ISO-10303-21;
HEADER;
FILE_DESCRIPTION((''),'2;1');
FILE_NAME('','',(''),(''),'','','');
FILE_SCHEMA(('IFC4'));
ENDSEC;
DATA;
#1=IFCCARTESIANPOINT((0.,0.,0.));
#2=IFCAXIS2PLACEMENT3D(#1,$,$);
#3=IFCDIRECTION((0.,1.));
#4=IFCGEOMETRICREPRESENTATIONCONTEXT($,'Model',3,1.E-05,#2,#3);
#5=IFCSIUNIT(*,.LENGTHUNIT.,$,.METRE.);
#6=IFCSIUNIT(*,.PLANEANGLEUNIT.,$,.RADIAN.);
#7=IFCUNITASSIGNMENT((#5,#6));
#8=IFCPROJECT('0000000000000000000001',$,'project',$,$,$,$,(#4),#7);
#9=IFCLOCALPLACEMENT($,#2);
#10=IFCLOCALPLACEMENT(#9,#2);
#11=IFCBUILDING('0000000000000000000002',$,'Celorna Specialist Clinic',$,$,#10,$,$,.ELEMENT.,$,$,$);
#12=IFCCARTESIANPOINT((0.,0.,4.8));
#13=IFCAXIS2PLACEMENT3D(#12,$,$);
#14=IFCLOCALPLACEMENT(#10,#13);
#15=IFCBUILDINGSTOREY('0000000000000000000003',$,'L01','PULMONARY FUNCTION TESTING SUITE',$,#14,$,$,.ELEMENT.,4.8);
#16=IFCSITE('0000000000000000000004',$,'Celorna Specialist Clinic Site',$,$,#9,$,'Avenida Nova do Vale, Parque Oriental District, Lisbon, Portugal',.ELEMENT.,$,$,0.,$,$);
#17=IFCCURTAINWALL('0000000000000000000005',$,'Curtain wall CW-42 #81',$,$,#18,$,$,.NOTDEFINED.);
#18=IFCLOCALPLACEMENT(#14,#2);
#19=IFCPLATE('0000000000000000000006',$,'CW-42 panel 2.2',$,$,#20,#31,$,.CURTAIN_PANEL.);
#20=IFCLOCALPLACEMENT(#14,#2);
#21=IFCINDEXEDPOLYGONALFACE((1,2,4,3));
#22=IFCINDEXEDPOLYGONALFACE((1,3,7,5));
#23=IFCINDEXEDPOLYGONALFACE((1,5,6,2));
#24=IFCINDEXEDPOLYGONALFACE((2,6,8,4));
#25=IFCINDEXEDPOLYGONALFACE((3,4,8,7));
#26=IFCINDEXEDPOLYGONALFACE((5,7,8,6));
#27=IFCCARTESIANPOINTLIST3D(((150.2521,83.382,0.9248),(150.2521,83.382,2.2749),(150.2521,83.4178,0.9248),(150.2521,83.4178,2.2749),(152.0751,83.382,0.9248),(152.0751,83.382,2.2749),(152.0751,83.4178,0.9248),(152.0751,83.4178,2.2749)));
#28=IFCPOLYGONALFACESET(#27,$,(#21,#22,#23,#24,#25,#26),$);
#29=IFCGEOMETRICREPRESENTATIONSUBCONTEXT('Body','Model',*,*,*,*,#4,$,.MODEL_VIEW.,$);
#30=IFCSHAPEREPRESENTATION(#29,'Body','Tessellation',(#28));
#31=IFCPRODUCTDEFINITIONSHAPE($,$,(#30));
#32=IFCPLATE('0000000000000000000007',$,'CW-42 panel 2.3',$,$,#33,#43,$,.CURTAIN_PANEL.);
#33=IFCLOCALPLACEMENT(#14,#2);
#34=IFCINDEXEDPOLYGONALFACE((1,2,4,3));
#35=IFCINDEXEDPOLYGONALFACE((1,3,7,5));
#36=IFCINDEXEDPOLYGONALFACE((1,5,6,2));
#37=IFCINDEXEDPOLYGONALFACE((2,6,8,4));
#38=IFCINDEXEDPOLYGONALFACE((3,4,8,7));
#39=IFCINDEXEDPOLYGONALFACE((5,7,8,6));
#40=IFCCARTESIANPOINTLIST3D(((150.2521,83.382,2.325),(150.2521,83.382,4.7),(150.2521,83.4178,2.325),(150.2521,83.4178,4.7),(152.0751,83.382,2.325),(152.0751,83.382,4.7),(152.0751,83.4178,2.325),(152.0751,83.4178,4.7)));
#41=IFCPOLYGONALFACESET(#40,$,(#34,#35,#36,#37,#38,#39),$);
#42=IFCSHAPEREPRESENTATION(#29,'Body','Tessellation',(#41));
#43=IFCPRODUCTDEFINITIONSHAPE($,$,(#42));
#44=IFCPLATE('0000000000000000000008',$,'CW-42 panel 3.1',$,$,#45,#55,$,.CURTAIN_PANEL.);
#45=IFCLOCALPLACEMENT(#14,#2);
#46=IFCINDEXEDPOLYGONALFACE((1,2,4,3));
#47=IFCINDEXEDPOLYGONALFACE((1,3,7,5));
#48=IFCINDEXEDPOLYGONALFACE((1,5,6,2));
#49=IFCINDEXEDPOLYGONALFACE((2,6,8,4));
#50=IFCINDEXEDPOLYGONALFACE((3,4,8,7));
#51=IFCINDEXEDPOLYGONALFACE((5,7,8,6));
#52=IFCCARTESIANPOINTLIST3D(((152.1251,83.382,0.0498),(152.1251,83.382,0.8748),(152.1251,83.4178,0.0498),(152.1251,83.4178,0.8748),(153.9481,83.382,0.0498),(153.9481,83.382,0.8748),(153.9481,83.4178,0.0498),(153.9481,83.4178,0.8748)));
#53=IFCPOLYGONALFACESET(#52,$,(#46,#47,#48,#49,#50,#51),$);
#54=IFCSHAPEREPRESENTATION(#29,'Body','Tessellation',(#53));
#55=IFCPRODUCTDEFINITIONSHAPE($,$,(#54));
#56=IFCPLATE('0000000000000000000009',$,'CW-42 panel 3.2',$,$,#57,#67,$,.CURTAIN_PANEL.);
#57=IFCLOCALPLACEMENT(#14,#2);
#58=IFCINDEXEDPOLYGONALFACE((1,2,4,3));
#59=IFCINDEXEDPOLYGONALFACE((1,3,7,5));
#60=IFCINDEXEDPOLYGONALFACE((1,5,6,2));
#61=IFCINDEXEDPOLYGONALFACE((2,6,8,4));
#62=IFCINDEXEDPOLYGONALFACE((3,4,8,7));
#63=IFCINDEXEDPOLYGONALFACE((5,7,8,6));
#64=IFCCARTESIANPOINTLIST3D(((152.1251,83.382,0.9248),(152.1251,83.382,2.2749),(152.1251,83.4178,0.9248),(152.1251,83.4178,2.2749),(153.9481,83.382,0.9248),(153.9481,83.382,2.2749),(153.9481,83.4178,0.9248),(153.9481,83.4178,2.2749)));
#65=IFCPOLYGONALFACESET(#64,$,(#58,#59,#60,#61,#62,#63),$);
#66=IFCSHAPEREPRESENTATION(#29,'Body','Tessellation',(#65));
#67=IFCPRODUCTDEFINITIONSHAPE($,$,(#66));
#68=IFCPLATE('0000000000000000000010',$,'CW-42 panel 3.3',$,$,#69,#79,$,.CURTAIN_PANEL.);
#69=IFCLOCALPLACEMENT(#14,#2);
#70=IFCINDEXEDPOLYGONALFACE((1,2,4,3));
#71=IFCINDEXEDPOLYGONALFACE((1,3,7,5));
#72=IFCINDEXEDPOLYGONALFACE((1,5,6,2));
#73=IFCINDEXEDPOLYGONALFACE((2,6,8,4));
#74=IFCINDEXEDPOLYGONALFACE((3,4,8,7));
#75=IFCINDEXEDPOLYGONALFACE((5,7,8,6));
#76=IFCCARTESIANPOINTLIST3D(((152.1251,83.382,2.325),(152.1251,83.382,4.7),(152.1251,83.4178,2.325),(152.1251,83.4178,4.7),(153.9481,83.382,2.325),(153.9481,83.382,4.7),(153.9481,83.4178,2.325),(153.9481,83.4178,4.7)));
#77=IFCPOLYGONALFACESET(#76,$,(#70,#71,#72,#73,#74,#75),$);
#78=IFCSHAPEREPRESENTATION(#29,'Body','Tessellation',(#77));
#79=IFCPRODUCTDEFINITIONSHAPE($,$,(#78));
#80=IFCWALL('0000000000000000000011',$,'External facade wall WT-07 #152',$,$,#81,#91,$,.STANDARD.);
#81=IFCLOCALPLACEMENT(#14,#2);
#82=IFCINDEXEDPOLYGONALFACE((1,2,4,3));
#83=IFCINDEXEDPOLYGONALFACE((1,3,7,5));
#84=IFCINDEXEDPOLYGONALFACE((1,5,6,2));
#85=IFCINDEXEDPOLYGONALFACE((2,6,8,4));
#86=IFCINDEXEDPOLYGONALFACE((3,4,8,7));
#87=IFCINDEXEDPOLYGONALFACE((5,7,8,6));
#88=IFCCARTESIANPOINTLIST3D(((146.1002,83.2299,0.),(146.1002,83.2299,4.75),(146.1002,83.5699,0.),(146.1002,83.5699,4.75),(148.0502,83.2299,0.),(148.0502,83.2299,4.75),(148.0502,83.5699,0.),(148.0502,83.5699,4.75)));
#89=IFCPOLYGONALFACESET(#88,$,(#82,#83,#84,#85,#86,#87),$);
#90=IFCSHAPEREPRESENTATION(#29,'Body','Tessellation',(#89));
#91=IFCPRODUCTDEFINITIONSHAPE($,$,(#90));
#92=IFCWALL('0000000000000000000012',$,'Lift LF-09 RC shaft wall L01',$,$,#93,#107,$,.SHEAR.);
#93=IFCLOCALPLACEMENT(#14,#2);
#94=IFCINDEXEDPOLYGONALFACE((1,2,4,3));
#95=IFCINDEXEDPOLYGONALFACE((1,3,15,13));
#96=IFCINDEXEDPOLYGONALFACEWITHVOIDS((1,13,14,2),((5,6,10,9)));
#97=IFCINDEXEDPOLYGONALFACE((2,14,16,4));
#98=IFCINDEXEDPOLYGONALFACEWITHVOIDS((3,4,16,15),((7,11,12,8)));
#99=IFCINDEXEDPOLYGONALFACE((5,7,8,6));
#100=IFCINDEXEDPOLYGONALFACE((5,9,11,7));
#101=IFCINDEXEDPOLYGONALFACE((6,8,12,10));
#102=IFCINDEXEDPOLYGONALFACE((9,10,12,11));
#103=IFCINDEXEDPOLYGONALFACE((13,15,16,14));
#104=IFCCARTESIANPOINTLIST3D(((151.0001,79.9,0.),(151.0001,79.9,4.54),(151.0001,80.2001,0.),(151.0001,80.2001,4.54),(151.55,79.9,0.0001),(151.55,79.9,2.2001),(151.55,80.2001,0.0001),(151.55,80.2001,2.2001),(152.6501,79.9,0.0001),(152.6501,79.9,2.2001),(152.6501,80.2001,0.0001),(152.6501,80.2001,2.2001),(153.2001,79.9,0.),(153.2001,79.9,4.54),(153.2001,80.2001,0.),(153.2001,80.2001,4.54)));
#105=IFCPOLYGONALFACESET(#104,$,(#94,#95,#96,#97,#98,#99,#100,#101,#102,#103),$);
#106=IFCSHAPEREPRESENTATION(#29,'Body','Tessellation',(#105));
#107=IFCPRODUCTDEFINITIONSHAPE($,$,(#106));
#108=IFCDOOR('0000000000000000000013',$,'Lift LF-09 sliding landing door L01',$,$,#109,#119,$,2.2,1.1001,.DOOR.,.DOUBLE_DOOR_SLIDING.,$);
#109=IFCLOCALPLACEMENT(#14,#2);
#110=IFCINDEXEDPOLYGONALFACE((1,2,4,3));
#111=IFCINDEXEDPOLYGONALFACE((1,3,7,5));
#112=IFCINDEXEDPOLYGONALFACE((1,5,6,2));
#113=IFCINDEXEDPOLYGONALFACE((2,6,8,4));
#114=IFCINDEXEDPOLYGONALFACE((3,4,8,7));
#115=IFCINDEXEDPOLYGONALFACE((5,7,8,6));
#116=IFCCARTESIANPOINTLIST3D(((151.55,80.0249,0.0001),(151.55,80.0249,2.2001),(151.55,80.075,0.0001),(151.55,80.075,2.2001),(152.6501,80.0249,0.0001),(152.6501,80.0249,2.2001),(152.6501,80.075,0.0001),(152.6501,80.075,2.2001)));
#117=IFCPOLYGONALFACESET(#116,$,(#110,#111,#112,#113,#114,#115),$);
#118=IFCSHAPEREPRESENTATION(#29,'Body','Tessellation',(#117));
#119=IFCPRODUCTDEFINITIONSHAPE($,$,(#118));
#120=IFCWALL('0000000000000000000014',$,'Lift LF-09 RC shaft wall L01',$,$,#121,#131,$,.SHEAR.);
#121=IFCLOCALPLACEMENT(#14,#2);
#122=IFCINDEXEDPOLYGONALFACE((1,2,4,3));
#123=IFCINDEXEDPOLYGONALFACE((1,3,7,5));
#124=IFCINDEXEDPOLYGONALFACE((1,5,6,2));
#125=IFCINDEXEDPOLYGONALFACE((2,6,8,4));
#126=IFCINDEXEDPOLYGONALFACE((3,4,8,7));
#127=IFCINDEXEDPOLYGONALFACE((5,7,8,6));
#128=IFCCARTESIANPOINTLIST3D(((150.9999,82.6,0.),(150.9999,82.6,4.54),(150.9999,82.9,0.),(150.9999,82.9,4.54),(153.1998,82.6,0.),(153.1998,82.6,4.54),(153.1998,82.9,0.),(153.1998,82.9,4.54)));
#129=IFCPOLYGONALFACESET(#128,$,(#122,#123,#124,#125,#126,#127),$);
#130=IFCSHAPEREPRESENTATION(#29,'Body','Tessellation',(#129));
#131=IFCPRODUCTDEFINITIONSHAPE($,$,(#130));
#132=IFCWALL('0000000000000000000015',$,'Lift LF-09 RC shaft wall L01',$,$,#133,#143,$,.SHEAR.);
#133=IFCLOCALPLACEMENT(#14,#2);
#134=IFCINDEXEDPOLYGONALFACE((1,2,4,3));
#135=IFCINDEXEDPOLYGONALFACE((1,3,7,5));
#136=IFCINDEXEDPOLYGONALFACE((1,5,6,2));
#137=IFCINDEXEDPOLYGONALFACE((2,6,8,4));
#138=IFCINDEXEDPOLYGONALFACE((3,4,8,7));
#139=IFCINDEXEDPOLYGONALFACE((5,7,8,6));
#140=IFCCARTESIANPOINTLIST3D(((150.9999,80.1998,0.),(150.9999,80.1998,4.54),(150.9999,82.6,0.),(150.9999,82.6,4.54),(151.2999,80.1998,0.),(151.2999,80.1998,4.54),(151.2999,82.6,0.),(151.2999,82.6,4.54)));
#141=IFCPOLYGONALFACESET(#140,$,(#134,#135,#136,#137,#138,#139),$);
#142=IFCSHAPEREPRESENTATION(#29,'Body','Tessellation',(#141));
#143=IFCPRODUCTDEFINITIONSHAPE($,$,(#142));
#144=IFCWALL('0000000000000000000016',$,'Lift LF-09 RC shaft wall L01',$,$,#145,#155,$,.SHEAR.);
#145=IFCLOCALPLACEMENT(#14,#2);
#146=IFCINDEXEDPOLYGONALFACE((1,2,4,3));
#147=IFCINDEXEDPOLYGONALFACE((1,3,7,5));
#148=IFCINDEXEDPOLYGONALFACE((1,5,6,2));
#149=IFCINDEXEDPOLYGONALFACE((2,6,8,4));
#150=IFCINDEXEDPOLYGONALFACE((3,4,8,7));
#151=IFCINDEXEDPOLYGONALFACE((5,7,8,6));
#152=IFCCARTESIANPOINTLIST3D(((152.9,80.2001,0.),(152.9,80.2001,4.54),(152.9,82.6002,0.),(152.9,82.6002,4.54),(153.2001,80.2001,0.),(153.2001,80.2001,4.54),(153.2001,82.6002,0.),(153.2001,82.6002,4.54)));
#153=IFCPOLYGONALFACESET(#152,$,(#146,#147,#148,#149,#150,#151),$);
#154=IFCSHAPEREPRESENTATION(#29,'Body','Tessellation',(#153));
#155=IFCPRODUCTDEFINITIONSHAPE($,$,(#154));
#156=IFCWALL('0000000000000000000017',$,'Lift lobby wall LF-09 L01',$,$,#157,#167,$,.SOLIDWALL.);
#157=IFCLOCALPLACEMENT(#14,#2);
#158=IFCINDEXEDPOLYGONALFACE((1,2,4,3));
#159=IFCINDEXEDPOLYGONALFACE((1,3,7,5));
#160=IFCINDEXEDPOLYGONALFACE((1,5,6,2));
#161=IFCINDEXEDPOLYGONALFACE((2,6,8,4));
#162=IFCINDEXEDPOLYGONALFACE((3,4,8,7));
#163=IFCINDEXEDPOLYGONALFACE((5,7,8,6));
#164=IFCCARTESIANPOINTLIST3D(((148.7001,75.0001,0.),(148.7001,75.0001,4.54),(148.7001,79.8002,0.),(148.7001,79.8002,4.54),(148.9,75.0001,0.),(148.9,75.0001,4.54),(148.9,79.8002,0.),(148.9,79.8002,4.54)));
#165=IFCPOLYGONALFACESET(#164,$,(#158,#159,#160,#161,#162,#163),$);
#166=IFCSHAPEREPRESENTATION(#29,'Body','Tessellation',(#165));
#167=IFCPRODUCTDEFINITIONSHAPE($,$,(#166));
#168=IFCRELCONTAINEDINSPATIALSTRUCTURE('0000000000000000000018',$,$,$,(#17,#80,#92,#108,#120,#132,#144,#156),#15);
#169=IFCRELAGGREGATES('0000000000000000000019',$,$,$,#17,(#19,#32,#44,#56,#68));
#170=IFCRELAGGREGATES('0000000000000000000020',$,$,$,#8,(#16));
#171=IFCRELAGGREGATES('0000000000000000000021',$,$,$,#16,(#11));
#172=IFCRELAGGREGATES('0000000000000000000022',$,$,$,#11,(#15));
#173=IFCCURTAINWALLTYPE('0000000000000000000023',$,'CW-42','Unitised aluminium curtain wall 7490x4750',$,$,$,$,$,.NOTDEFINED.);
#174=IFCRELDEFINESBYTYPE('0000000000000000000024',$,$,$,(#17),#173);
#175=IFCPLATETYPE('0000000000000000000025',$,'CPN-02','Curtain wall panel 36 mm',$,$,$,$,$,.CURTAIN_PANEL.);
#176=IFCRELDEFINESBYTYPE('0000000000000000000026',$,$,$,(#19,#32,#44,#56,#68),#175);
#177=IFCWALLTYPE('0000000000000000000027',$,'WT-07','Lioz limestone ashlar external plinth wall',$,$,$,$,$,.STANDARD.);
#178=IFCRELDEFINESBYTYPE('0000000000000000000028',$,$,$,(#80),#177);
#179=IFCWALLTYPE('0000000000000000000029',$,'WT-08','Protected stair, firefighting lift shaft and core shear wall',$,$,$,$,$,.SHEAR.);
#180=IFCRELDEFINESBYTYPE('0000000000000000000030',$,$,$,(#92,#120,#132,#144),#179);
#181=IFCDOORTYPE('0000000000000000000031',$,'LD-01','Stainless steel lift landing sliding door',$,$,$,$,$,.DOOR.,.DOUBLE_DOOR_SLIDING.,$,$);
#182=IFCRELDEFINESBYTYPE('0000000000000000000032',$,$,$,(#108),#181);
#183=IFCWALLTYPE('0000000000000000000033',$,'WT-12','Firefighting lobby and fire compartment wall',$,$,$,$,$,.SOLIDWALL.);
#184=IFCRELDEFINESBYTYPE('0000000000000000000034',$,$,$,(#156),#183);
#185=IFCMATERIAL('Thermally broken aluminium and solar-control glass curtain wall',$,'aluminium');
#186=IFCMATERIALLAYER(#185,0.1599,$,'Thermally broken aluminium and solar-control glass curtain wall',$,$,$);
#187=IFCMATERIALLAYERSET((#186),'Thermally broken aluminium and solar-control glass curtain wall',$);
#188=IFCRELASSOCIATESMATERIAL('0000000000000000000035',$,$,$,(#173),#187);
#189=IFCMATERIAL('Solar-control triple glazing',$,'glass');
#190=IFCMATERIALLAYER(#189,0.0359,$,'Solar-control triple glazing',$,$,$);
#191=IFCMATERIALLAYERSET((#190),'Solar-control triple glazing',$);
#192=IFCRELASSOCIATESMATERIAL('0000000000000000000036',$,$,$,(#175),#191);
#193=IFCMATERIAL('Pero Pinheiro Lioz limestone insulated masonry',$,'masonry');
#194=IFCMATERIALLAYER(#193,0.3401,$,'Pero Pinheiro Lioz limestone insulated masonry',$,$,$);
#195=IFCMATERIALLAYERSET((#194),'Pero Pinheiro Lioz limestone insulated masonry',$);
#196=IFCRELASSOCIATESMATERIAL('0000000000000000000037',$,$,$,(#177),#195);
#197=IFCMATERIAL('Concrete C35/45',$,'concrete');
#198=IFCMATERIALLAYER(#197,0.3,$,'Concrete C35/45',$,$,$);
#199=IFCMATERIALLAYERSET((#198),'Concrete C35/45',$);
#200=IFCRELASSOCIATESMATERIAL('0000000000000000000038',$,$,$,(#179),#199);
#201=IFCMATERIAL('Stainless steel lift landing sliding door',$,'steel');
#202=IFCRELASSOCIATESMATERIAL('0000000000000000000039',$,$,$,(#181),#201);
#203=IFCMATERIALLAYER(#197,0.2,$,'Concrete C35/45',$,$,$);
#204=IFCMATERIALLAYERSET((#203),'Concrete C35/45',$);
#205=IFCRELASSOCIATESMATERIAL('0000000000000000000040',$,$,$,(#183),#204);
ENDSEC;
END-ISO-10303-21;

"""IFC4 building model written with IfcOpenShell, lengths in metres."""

from ifc_helpers import new_model, si_unit, direction, frame, frame_2d, origin, origin_2d, place, context, subcontext, project, spatial, rectangle, extrude, material, layer, layer_set, type_object, element, fill, aggregate, save


model = new_model("IFC4")

# Units and contexts
model_context = context("Model", 3, precision=1e-05, world=origin(), true_north=direction((0.0, 1.0)))
body_context = subcontext(model_context, "Body", "Model", "MODEL_VIEW")
ifc_project = project(units=[si_unit("LENGTHUNIT", "METRE"), si_unit("PLANEANGLEUNIT", "RADIAN")], contexts=[model_context])

# Site, building, storey
site_placement = place(None, origin())
site = spatial("IfcSite", under=ifc_project, at=site_placement, Name="Celorna Specialist Clinic Site", LongName="Avenida Nova do Vale, Parque Oriental District, Lisbon, Portugal", CompositionType="ELEMENT", RefElevation=0.0)
building_placement = place(site_placement, origin())
building = spatial("IfcBuilding", under=site, at=building_placement, Name="Celorna Specialist Clinic", CompositionType="ELEMENT")
storey_placement = place(building_placement, frame((0.0, 0.0, 4.8)))
storey = spatial("IfcBuildingStorey", under=building, at=storey_placement, Name="L01", Description="PULMONARY FUNCTION TESTING SUITE", CompositionType="ELEMENT", Elevation=4.8)

# Curtain wall, plates
ifc_material_1 = material(Name="Thermally broken aluminium and solar-control glass curtain wall", Category="aluminium")
ifc_layer_1 = layer(ifc_material_1, 0.1599, Name="Thermally broken aluminium and solar-control glass curtain wall")
ifc_layer_set_1 = layer_set([ifc_layer_1], Name="Thermally broken aluminium and solar-control glass curtain wall")
curtain_wall_type = type_object("IfcCurtainWallType", Name="CW-42", Description="Unitised aluminium curtain wall 7490x4750", PredefinedType="NOTDEFINED", material=ifc_layer_set_1)
curtain_wall_placement = place(storey_placement, origin())
curtain_wall = element("IfcCurtainWall", 1, at=curtain_wall_placement, inside=storey, type_object=curtain_wall_type, Name="Curtain wall CW-42 #81", PredefinedType="NOTDEFINED")
ifc_material_2 = material(Name="Solar-control triple glazing", Category="glass")
ifc_layer_2 = layer(ifc_material_2, 0.0359, Name="Solar-control triple glazing")
ifc_layer_set_2 = layer_set([ifc_layer_2], Name="Solar-control triple glazing")
plate_type = type_object("IfcPlateType", Name="CPN-02", Description="Curtain wall panel 36 mm", PredefinedType="CURTAIN_PANEL", material=ifc_layer_set_2)
plate_1_placement = place(storey_placement, frame((151.1636, 83.3999, 0.9248), z_axis=(0.0, 0.0, 1.0), x_axis=(1.0, 0.0, 0.0)))
plate_1 = element("IfcPlate", 2, at=plate_1_placement, type_object=plate_type, Name="CW-42 panel 2.2", PredefinedType="CURTAIN_PANEL", context=body_context, shape_type="SweptSolid", body=[
    extrude(rectangle(XDim=1.823, YDim=0.0359, at=origin_2d()), origin(), (0.0, 0.0, 1.0), 1.3501),
])
plate_2_placement = place(storey_placement, frame((151.1636, 83.3999, 2.325), z_axis=(0.0, 0.0, 1.0), x_axis=(1.0, 0.0, 0.0)))
plate_2 = element("IfcPlate", 3, at=plate_2_placement, type_object=plate_type, Name="CW-42 panel 2.3", PredefinedType="CURTAIN_PANEL", context=body_context, shape_type="SweptSolid", body=[
    extrude(rectangle(XDim=1.823, YDim=0.0359, at=origin_2d()), origin(), (0.0, 0.0, 1.0), 2.375),
])
plate_3_placement = place(storey_placement, frame((153.0366, 83.3999, 0.0498), z_axis=(0.0, 0.0, 1.0), x_axis=(1.0, 0.0, 0.0)))
plate_3 = element("IfcPlate", 4, at=plate_3_placement, type_object=plate_type, Name="CW-42 panel 3.1", PredefinedType="CURTAIN_PANEL", context=body_context, shape_type="SweptSolid", body=[
    extrude(rectangle(XDim=1.823, YDim=0.0359, at=origin_2d()), origin(), (0.0, 0.0, 1.0), 0.825),
])
plate_4_placement = place(storey_placement, frame((153.0366, 83.3999, 0.9248), z_axis=(0.0, 0.0, 1.0), x_axis=(1.0, 0.0, 0.0)))
plate_4 = element("IfcPlate", 5, at=plate_4_placement, type_object=plate_type, Name="CW-42 panel 3.2", PredefinedType="CURTAIN_PANEL", context=body_context, shape_type="SweptSolid", body=[
    extrude(rectangle(XDim=1.823, YDim=0.0359, at=origin_2d()), origin(), (0.0, 0.0, 1.0), 1.3501),
])
plate_5_placement = place(storey_placement, frame((153.0366, 83.3999, 2.325), z_axis=(0.0, 0.0, 1.0), x_axis=(1.0, 0.0, 0.0)))
plate_5 = element("IfcPlate", 6, at=plate_5_placement, type_object=plate_type, Name="CW-42 panel 3.3", PredefinedType="CURTAIN_PANEL", context=body_context, shape_type="SweptSolid", body=[
    extrude(rectangle(XDim=1.823, YDim=0.0359, at=origin_2d()), origin(), (0.0, 0.0, 1.0), 2.375),
])
aggregate(curtain_wall, [plate_1, plate_2, plate_3, plate_4, plate_5])

# Wall
ifc_material_3 = material(Name="Pero Pinheiro Lioz limestone insulated masonry", Category="masonry")
ifc_layer_3 = layer(ifc_material_3, 0.3401, Name="Pero Pinheiro Lioz limestone insulated masonry")
ifc_layer_set_3 = layer_set([ifc_layer_3], Name="Pero Pinheiro Lioz limestone insulated masonry")
wall_type_1 = type_object("IfcWallType", Name="WT-07", Description="Lioz limestone ashlar external plinth wall", PredefinedType="STANDARD", material=ifc_layer_set_3)
wall_1_placement = place(storey_placement, frame((146.1001, 83.3999, 0.0), z_axis=(0.0, 0.0, 1.0), x_axis=(1.0, 0.0, 0.0)))
element("IfcWall", 7, at=wall_1_placement, inside=storey, type_object=wall_type_1, Name="External facade wall WT-07 #152", PredefinedType="STANDARD", context=body_context, shape_type="SweptSolid", body=[
    extrude(rectangle(XDim=1.95, YDim=0.3401, at=frame_2d((0.9751, 0.0))), origin(), (0.0, 0.0, 1.0), 4.75),
])

# Wall, opening, door
ifc_material_4 = material(Name="Concrete C35/45", Category="concrete")
ifc_layer_4 = layer(ifc_material_4, 0.3, Name="Concrete C35/45")
ifc_layer_set_4 = layer_set([ifc_layer_4], Name="Concrete C35/45")
wall_type_2 = type_object("IfcWallType", Name="WT-08", Description="Protected stair, firefighting lift shaft and core shear wall", PredefinedType="SHEAR", material=ifc_layer_set_4)
wall_2_placement = place(storey_placement, frame((151.0, 80.05, 0.0), z_axis=(0.0, 0.0, 1.0), x_axis=(1.0, 0.0, 0.0)))
wall_2 = element("IfcWall", 8, at=wall_2_placement, inside=storey, type_object=wall_type_2, Name="Lift LF-09 RC shaft wall L01", PredefinedType="SHEAR", context=body_context, shape_type="SweptSolid", body=[
    extrude(rectangle(XDim=2.2, YDim=0.3, at=frame_2d((1.1001, 0.0))), origin(), (0.0, 0.0, 1.0), 4.54),
])
opening_placement = place(wall_2_placement, frame((0.55, 0.0, 0.0)))
opening = element("IfcOpeningElement", 9, at=opening_placement, cuts=wall_2, PredefinedType="OPENING", context=body_context, shape_type="SweptSolid", body=[
    extrude(rectangle(XDim=1.1001, YDim=2.2, at=frame_2d((0.55, 1.1001))), frame((0.0, 0.1599, 0.0), z_axis=(0.0, -1.0, 0.0), x_axis=(1.0, 0.0, 0.0)), (0.0, 0.0, 1.0), 0.3201),
])
ifc_material_5 = material(Name="Stainless steel lift landing sliding door", Category="steel")
door_type = type_object("IfcDoorType", Name="LD-01", Description="Stainless steel lift landing sliding door", OperationType="DOUBLE_DOOR_SLIDING", PredefinedType="DOOR", material=ifc_material_5)
door_placement = place(opening_placement, origin())
door = element("IfcDoor", 10, at=door_placement, inside=storey, type_object=door_type, Name="Lift LF-09 sliding landing door L01", OperationType="DOUBLE_DOOR_SLIDING", OverallHeight=2.2, OverallWidth=1.1001, PredefinedType="DOOR", context=body_context, shape_type="SweptSolid", body=[
    extrude(rectangle(XDim=1.1001, YDim=2.2, at=frame_2d((0.55, 1.1001))), frame((0.0, 0.0249, 0.0), z_axis=(0.0, -1.0, 0.0), x_axis=(1.0, 0.0, 0.0)), (0.0, 0.0, 1.0), 0.05),
])
fill(opening, door)

# Walls
wall_3_placement = place(storey_placement, frame((153.2, 82.75, 0.0), z_axis=(0.0, 0.0, 1.0), x_axis=(-1.0, 0.0, 0.0)))
element("IfcWall", 11, at=wall_3_placement, inside=storey, type_object=wall_type_2, Name="Lift LF-09 RC shaft wall L01", PredefinedType="SHEAR", context=body_context, shape_type="SweptSolid", body=[
    extrude(rectangle(XDim=2.2, YDim=0.3, at=frame_2d((1.1001, 0.0))), origin(), (0.0, 0.0, 1.0), 4.54),
])
for number, where, z_axis, x_axis, name in (
    (12, (151.1499, 82.6001, 0.0), (0.0, 0.0, 1.0), (0.0, -1.0, 0.0), "Lift LF-09 RC shaft wall L01"),
    (13, (153.05, 80.2, 0.0), (0.0, 0.0, 1.0), (0.0, 1.0, 0.0), "Lift LF-09 RC shaft wall L01"),
):
    element("IfcWall", number, at=place(storey_placement, frame(where, z_axis=z_axis, x_axis=x_axis)), inside=storey, type_object=wall_type_2, Name=name, PredefinedType="SHEAR", context=body_context, shape_type="SweptSolid", body=[
        extrude(rectangle(XDim=2.4001, YDim=0.3, at=frame_2d((1.2002, 0.0))), origin(), (0.0, 0.0, 1.0), 4.54),
    ])
ifc_layer_5 = layer(ifc_material_4, 0.2, Name="Concrete C35/45")
ifc_layer_set_5 = layer_set([ifc_layer_5], Name="Concrete C35/45")
wall_type_3 = type_object("IfcWallType", Name="WT-12", Description="Firefighting lobby and fire compartment wall", PredefinedType="SOLIDWALL", material=ifc_layer_set_5)
wall_4_placement = place(storey_placement, frame((148.8, 79.8, 0.0), z_axis=(0.0, 0.0, 1.0), x_axis=(0.0, -1.0, 0.0)))
element("IfcWall", 14, at=wall_4_placement, inside=storey, type_object=wall_type_3, Name="Lift lobby wall LF-09 L01", PredefinedType="SOLIDWALL", context=body_context, shape_type="SweptSolid", body=[
    extrude(rectangle(XDim=4.8, YDim=0.2, at=frame_2d((2.3999, 0.0))), origin(), (0.0, 0.0, 1.0), 4.54),
])

save(model, "model.ifc")
